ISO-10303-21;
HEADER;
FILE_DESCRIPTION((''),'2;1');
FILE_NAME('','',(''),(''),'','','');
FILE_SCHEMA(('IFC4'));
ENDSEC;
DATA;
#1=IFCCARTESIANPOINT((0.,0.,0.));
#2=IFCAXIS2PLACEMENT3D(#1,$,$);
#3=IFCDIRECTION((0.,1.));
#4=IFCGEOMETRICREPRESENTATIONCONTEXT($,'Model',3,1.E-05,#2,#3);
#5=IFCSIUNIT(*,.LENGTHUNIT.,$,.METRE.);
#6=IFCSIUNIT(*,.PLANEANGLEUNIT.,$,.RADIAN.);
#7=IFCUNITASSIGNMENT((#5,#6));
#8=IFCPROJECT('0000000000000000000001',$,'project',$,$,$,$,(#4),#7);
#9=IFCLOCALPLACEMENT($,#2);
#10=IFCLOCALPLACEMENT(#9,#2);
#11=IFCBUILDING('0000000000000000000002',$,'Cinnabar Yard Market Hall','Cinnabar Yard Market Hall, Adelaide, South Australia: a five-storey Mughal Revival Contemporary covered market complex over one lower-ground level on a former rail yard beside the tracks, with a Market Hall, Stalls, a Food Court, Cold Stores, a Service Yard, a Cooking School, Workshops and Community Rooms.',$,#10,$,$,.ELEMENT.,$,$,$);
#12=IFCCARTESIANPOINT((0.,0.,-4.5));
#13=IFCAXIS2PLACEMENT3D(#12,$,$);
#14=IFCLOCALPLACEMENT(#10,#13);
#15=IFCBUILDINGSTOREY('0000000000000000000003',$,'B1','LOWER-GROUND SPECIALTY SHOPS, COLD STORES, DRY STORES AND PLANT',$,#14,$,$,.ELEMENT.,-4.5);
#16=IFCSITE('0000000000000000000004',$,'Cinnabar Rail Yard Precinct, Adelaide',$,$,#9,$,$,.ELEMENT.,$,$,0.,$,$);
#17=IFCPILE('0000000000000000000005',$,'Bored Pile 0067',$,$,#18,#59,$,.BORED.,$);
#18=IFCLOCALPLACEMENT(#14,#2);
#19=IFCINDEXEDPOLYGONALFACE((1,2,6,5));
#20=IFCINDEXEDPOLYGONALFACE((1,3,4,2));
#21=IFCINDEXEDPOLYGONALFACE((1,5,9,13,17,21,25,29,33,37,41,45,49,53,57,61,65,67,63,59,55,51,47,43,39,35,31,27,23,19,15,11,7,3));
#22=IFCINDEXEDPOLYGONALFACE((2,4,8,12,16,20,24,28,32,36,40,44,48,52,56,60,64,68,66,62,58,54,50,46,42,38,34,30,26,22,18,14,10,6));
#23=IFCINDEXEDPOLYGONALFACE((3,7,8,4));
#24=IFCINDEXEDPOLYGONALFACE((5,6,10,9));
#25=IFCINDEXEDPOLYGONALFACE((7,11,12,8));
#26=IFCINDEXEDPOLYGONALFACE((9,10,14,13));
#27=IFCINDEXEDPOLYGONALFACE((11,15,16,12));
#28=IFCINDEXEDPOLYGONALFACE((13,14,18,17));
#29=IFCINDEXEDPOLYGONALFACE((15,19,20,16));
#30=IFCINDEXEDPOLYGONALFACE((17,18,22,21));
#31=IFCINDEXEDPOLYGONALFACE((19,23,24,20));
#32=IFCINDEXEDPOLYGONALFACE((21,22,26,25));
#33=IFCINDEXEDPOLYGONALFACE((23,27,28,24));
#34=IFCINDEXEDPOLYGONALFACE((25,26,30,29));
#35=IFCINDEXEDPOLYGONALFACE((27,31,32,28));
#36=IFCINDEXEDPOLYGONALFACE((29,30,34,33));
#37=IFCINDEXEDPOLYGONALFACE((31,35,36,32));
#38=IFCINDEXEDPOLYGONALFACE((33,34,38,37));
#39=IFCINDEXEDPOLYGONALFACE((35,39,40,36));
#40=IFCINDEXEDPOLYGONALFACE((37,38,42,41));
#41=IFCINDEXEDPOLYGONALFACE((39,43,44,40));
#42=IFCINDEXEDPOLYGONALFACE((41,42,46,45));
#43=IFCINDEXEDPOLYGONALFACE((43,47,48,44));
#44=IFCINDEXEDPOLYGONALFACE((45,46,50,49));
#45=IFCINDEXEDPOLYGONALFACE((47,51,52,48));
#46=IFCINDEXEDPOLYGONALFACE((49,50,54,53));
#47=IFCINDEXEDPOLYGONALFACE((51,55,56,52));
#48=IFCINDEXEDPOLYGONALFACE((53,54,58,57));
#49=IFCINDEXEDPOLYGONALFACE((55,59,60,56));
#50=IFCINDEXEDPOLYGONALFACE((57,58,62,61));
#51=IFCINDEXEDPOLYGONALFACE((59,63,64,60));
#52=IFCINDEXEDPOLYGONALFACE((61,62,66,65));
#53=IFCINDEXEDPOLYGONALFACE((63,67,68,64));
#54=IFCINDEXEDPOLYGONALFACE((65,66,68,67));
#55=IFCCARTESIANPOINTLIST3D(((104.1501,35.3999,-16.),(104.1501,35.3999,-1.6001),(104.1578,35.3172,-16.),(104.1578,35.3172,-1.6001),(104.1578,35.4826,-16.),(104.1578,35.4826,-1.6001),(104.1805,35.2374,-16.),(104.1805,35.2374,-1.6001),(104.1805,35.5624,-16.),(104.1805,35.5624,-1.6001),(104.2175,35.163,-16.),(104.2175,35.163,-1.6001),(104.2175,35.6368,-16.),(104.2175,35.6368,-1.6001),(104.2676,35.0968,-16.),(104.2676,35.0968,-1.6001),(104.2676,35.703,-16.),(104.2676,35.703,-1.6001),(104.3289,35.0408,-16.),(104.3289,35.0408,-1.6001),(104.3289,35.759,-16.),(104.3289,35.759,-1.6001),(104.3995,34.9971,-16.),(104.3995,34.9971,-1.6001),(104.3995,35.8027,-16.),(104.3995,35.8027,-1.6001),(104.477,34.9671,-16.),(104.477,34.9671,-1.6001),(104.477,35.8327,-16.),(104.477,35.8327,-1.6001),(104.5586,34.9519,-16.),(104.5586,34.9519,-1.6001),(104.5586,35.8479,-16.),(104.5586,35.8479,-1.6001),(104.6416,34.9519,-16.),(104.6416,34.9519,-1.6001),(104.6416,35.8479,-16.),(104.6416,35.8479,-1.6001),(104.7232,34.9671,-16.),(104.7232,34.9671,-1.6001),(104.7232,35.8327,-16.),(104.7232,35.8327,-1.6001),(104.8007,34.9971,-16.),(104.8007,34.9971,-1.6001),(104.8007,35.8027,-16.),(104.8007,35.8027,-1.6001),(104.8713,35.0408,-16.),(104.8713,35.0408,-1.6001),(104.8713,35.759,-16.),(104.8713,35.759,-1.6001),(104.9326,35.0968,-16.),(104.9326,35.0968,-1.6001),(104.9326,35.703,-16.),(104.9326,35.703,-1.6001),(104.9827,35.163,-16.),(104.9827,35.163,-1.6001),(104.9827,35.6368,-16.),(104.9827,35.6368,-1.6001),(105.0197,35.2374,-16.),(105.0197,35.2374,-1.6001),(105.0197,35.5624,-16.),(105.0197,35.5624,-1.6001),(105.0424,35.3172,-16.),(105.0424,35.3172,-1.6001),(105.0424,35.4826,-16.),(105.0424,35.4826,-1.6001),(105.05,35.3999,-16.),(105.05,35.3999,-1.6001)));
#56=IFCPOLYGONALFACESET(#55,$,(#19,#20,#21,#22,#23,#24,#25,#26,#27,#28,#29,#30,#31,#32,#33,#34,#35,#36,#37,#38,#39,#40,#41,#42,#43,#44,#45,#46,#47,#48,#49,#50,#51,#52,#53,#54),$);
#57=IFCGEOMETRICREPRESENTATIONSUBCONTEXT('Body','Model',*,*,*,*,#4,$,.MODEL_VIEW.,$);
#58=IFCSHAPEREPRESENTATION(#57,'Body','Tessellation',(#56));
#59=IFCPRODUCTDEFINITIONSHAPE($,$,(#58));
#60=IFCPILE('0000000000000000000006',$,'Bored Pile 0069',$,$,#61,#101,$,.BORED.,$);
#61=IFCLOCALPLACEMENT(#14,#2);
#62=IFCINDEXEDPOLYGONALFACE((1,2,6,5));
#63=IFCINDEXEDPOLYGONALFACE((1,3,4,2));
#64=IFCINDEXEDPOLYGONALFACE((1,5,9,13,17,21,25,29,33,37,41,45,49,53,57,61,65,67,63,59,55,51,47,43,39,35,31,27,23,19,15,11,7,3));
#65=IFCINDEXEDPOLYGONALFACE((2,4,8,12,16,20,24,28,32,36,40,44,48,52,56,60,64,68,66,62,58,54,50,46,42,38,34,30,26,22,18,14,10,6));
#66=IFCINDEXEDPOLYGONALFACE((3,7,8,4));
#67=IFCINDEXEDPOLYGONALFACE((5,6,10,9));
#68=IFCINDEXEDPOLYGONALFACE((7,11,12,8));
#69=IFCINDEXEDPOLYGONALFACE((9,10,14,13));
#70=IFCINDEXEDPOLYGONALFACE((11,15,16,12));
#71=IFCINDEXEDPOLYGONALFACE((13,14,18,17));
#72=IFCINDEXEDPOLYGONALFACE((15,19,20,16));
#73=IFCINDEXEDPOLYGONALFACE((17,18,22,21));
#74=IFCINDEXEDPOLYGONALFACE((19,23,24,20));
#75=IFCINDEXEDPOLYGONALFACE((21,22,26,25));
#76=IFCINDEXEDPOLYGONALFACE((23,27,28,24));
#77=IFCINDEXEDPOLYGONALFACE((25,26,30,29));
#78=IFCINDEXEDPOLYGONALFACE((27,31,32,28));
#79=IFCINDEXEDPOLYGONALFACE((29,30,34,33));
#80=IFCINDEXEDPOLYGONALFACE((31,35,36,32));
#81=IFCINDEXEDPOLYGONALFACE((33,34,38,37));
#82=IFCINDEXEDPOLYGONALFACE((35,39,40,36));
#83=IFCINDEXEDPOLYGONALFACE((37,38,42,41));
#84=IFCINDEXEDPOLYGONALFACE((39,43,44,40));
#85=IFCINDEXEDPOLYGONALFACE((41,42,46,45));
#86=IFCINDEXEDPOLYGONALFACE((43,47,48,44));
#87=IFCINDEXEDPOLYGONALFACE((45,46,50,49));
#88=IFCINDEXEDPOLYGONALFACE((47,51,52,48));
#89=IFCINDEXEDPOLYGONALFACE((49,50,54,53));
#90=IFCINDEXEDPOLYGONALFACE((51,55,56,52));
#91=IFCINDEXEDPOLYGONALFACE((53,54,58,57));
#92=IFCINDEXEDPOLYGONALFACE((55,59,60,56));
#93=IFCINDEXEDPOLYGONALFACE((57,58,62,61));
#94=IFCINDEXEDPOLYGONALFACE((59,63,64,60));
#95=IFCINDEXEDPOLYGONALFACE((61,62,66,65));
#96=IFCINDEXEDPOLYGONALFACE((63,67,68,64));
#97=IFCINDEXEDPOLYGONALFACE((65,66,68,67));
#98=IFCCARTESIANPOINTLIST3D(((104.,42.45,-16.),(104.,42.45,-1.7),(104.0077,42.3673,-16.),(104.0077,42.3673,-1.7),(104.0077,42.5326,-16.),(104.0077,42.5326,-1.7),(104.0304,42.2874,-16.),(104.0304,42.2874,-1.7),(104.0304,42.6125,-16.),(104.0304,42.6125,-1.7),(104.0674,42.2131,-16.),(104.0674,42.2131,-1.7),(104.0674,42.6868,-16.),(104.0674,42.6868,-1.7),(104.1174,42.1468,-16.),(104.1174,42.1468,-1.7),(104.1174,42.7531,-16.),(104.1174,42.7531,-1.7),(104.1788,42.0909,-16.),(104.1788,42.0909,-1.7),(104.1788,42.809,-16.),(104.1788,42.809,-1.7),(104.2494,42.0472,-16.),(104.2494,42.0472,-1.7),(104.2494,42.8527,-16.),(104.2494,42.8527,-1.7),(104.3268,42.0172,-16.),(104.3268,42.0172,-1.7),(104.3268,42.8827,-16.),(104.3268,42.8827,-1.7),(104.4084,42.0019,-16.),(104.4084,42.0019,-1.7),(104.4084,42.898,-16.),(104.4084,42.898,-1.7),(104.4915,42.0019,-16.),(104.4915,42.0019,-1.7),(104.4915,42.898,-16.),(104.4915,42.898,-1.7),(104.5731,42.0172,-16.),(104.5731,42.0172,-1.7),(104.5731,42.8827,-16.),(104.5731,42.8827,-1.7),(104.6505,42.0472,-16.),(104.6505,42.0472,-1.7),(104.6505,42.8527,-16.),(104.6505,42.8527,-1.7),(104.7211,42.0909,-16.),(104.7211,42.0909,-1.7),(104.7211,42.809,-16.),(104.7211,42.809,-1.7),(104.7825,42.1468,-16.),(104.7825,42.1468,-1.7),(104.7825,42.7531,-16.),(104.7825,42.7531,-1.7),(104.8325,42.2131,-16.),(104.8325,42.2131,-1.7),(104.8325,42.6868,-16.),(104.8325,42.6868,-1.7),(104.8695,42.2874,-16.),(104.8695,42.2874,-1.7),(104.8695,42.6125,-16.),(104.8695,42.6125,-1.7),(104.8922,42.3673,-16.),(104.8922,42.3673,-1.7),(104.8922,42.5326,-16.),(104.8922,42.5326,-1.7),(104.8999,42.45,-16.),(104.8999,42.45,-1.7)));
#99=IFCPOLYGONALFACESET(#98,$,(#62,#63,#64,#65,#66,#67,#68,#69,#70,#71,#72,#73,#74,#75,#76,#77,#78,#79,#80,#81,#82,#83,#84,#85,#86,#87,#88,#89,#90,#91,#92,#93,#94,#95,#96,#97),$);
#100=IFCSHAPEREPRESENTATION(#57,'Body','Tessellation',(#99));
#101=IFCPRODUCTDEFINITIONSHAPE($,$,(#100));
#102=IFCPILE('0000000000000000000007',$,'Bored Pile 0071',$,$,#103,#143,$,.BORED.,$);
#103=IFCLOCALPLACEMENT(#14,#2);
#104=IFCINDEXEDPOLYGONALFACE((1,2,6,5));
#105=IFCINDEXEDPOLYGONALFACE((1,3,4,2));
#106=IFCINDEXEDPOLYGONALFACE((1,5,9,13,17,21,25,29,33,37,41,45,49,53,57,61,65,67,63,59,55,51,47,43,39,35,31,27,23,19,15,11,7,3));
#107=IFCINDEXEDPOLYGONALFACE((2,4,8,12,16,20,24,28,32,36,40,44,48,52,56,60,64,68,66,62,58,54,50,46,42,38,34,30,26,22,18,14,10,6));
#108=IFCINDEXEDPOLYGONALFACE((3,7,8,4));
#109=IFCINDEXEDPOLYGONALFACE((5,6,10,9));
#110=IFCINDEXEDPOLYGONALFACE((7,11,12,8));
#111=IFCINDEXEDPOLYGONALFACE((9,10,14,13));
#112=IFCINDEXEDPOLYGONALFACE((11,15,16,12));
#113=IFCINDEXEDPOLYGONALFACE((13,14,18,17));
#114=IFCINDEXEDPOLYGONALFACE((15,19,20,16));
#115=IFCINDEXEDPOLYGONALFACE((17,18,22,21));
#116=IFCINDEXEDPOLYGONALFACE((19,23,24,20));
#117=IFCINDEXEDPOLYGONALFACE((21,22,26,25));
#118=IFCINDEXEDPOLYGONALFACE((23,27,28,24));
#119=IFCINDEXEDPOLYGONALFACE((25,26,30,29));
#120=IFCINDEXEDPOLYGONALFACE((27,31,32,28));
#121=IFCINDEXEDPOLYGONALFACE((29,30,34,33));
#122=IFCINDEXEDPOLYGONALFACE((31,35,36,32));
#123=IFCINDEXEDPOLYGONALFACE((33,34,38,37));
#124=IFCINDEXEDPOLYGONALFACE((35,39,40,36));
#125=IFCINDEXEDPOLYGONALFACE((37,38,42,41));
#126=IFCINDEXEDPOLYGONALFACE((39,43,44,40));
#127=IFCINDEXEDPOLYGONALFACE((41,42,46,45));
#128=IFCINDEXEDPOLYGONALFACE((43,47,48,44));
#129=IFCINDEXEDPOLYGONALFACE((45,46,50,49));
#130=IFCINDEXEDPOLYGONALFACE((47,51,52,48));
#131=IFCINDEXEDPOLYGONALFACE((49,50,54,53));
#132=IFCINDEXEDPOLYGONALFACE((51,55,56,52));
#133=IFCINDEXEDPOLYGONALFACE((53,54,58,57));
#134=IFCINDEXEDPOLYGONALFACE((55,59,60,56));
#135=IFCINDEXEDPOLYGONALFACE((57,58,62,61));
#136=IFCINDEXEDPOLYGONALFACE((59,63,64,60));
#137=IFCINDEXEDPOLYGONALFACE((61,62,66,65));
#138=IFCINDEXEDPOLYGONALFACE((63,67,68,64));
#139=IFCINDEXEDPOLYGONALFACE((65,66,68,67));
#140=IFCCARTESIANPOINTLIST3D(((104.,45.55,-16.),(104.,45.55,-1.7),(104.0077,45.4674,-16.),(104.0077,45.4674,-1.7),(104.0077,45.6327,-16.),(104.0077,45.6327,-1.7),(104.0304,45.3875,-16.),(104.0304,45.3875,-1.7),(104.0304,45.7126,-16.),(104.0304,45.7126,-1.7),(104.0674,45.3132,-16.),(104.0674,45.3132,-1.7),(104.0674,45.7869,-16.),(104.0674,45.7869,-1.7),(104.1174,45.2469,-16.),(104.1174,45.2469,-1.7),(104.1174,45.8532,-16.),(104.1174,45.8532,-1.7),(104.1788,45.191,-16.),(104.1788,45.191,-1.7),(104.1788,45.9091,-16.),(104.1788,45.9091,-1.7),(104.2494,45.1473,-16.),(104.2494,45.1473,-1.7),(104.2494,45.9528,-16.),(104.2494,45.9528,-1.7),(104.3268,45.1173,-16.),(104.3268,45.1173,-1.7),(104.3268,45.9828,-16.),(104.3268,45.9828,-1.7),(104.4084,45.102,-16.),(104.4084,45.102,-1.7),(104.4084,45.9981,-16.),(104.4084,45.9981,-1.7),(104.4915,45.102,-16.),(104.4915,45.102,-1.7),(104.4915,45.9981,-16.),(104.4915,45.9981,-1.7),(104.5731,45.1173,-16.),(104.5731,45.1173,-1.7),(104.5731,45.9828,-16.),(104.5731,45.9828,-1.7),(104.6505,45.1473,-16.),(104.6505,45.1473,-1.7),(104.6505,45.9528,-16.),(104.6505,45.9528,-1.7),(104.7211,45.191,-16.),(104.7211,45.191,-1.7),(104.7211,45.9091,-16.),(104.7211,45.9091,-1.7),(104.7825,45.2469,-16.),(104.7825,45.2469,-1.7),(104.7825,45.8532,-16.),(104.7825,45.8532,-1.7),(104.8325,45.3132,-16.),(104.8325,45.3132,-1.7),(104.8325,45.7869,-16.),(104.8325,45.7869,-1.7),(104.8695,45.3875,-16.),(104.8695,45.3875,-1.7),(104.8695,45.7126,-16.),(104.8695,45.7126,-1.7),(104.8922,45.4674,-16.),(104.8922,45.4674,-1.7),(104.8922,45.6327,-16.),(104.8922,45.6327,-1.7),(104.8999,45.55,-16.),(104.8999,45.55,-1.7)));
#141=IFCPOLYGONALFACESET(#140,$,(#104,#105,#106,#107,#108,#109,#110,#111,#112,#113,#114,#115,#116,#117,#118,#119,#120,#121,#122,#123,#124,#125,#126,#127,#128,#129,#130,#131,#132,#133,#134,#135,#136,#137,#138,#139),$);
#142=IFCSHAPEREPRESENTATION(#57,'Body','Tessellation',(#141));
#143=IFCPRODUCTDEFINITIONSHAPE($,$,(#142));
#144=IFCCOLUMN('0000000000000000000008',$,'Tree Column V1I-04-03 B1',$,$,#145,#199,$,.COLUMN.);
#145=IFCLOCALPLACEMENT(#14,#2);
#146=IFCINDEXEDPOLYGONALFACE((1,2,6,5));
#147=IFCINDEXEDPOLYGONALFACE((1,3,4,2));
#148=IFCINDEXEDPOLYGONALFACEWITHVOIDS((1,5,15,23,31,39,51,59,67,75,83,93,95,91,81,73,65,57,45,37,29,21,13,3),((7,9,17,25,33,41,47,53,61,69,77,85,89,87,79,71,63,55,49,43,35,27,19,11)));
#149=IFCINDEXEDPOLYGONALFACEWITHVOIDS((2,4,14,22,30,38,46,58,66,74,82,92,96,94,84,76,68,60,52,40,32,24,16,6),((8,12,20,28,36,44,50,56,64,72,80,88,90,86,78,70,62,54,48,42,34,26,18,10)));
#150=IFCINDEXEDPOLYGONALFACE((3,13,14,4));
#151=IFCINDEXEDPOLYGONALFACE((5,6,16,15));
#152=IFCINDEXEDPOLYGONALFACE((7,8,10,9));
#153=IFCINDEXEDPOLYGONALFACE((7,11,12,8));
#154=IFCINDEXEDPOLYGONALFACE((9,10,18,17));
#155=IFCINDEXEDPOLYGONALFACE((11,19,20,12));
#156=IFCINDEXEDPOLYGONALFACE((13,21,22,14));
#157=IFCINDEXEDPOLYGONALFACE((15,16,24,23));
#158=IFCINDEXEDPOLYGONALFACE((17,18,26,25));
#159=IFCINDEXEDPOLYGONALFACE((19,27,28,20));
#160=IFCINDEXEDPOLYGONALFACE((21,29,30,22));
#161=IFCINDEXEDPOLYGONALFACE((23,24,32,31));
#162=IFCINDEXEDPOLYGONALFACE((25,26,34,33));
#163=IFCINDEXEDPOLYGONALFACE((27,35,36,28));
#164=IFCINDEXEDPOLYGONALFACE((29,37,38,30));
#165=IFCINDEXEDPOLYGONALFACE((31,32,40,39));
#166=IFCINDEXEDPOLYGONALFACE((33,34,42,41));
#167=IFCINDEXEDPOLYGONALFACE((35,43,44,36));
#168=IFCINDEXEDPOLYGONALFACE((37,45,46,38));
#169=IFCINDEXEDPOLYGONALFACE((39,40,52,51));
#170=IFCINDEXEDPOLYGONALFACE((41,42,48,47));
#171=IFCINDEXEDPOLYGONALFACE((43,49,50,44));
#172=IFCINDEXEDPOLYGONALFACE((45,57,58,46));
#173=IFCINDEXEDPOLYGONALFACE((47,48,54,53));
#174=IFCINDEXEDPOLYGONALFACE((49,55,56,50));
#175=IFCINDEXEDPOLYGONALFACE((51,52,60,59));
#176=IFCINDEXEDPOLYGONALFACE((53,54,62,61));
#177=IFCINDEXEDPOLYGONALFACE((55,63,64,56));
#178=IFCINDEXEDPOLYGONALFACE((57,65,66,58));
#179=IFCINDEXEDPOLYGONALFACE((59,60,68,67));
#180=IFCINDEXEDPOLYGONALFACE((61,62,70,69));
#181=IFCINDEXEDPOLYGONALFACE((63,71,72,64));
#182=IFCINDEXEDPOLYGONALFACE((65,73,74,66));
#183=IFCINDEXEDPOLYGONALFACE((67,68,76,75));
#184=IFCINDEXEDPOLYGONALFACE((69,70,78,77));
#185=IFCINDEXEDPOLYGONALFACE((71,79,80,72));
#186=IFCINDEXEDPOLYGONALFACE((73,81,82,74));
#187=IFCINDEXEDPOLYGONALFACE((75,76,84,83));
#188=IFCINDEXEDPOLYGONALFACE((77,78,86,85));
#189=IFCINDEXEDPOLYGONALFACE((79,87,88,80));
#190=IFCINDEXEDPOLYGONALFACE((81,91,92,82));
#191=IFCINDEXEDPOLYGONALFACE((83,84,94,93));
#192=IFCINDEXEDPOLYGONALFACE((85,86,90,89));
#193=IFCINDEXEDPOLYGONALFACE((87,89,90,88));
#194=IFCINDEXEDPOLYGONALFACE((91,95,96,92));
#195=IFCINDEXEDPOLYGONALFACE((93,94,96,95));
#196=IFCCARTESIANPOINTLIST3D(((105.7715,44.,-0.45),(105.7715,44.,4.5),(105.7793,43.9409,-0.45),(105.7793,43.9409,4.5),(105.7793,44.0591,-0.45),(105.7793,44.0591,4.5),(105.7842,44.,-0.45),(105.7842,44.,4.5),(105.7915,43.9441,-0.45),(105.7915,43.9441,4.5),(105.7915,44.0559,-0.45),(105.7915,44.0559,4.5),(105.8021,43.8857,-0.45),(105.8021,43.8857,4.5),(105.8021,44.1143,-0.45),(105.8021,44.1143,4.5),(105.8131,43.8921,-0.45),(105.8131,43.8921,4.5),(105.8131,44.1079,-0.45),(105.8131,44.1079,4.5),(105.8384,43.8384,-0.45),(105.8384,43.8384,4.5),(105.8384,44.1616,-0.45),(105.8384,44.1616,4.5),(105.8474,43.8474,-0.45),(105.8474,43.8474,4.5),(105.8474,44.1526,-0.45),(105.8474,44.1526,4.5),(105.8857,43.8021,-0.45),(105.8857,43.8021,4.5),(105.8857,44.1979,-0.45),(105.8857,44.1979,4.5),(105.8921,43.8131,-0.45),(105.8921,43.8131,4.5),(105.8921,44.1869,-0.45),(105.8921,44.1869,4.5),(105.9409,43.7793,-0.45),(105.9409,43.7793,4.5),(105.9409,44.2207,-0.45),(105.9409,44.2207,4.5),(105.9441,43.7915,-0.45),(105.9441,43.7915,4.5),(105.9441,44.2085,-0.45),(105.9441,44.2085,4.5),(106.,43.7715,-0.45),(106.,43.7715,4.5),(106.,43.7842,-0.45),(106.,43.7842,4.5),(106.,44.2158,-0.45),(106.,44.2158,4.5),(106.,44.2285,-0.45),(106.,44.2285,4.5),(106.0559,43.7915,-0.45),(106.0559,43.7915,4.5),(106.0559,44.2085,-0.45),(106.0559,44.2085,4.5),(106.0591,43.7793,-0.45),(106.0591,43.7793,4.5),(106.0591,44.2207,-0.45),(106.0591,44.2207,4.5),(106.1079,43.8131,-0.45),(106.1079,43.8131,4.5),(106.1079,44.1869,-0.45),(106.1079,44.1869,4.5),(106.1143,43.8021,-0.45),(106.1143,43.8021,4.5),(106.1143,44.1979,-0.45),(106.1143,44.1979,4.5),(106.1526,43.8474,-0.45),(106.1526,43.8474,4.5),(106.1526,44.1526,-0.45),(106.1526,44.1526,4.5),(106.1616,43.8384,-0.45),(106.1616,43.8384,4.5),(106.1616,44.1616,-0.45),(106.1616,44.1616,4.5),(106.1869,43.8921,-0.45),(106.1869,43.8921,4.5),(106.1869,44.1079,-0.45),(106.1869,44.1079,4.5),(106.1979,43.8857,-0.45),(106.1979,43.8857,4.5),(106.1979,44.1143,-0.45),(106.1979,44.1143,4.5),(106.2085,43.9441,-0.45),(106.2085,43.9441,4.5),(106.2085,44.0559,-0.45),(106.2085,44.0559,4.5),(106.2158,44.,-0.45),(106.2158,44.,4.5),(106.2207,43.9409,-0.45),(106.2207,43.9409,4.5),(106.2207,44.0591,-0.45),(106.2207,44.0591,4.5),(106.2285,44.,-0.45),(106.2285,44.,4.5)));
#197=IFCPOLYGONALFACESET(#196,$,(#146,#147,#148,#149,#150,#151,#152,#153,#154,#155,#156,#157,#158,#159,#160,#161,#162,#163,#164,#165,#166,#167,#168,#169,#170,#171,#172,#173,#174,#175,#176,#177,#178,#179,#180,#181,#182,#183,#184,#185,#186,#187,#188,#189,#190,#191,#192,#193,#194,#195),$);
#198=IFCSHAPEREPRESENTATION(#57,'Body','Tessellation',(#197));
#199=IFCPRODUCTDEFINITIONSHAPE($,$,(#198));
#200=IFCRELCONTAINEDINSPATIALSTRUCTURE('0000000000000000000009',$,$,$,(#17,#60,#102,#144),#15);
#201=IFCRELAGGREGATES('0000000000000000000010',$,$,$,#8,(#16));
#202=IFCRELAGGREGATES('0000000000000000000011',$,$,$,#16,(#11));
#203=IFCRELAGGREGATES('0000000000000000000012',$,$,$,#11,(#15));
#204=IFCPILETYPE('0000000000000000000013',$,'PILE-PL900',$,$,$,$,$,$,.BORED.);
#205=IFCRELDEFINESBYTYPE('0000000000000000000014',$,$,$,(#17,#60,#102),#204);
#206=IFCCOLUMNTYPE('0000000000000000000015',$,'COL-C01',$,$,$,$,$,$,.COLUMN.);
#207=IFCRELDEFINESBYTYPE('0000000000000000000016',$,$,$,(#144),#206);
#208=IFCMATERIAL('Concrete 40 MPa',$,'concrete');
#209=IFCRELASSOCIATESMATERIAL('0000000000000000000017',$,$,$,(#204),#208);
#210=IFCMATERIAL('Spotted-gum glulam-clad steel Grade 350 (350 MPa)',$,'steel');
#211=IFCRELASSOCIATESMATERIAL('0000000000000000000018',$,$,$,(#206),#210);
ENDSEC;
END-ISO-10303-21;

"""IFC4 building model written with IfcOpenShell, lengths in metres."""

from ifc_helpers import new_model, si_unit, direction, frame, origin, origin_2d_with_axis, place, context, subcontext, project, spatial, circle, hollow_circle, extrude, material, material_profile, profile_set, type_object, element, save


model = new_model("IFC4")

# Units and contexts
model_context = context("Model", 3, precision=1e-05, world=origin(), true_north=direction((0.0, 1.0)))
body_context = subcontext(model_context, "Body", "Model", "MODEL_VIEW")
ifc_project = project(units=[si_unit("LENGTHUNIT", "METRE"), si_unit("PLANEANGLEUNIT", "RADIAN")], contexts=[model_context])

# Site, building, storey
site_placement = place(None, origin())
site = spatial("IfcSite", under=ifc_project, at=site_placement, Name="Cinnabar Rail Yard Precinct, Adelaide", CompositionType="ELEMENT", RefElevation=0.0)
building_placement = place(site_placement, origin())
building = spatial("IfcBuilding", under=site, at=building_placement, Name="Cinnabar Yard Market Hall", Description="Cinnabar Yard Market Hall, Adelaide, South Australia: a five-storey Mughal Revival Contemporary covered market complex over one lower-ground level on a former rail yard beside the tracks, with a Market Hall, Stalls, a Food Court, Cold Stores, a Service Yard, a Cooking School, Workshops and Community Rooms.", CompositionType="ELEMENT")
storey_placement = place(building_placement, frame((0.0, 0.0, -4.5)))
storey = spatial("IfcBuildingStorey", under=building, at=storey_placement, Name="B1", Description="LOWER-GROUND SPECIALTY SHOPS, COLD STORES, DRY STORES AND PLANT", CompositionType="ELEMENT", Elevation=-4.5)

# Shared definitions
ifc_material_1 = material(Name="Concrete 40 MPa", Category="concrete")

# Piles
ifc_material_profile_1 = material_profile(ifc_material_1, circle(Radius=0.45, at=origin_2d_with_axis()), Name="PILE-D900")
ifc_profile_set_1 = profile_set([ifc_material_profile_1], Name="Concrete 40 MPa")
pile_type = type_object("IfcPileType", Name="PILE-PL900", PredefinedType="BORED", material=ifc_profile_set_1)
pile_1_placement = place(storey_placement, frame((104.6001, 35.3999, -1.6001), z_axis=(0.0, 0.0, -1.0), x_axis=(1.0, 0.0, 0.0)))
element("IfcPile", 1, at=pile_1_placement, inside=storey, type_object=pile_type, Name="Bored Pile 0067", PredefinedType="BORED", context=body_context, shape_type="SweptSolid", body=[
    extrude(circle(Radius=0.45, at=origin_2d_with_axis()), origin(), (0.0, 0.0, 1.0), 14.3999),
])
for number, where, z_axis, x_axis, name in (
    (2, (104.45, 42.45, -1.7), (0.0, 0.0, -1.0), (1.0, 0.0, 0.0), "Bored Pile 0069"),
    (3, (104.45, 45.55, -1.7), (0.0, 0.0, -1.0), (1.0, 0.0, 0.0), "Bored Pile 0071"),
):
    element("IfcPile", number, at=place(storey_placement, frame(where, z_axis=z_axis, x_axis=x_axis)), inside=storey, type_object=pile_type, Name=name, PredefinedType="BORED", context=body_context, shape_type="SweptSolid", body=[
        extrude(circle(Radius=0.45, at=origin_2d_with_axis()), origin(), (0.0, 0.0, 1.0), 14.3),
    ])

# Column
ifc_material_2 = material(Name="Spotted-gum glulam-clad steel Grade 350 (350 MPa)", Category="steel")
ifc_material_profile_2 = material_profile(ifc_material_2, hollow_circle(Radius=0.2285, WallThickness=0.0127, at=origin_2d_with_axis()), Name="457.0x12.7CHS")
ifc_profile_set_2 = profile_set([ifc_material_profile_2], Name="Spotted-gum glulam-clad steel Grade 350 (350 MPa)")
column_type = type_object("IfcColumnType", Name="COL-C01", PredefinedType="COLUMN", material=ifc_profile_set_2)
column_placement = place(storey_placement, frame((106.0, 44.0, -0.45), z_axis=(0.0, 0.0, 1.0), x_axis=(1.0, 0.0, 0.0)))
element("IfcColumn", 4, at=column_placement, inside=storey, type_object=column_type, Name="Tree Column V1I-04-03 B1", PredefinedType="COLUMN", context=body_context, shape_type="SweptSolid", body=[
    extrude(hollow_circle(Radius=0.2285, WallThickness=0.0127, at=origin_2d_with_axis()), origin(), (0.0, 0.0, 1.0), 4.95),
])

save(model, "model.ifc")
